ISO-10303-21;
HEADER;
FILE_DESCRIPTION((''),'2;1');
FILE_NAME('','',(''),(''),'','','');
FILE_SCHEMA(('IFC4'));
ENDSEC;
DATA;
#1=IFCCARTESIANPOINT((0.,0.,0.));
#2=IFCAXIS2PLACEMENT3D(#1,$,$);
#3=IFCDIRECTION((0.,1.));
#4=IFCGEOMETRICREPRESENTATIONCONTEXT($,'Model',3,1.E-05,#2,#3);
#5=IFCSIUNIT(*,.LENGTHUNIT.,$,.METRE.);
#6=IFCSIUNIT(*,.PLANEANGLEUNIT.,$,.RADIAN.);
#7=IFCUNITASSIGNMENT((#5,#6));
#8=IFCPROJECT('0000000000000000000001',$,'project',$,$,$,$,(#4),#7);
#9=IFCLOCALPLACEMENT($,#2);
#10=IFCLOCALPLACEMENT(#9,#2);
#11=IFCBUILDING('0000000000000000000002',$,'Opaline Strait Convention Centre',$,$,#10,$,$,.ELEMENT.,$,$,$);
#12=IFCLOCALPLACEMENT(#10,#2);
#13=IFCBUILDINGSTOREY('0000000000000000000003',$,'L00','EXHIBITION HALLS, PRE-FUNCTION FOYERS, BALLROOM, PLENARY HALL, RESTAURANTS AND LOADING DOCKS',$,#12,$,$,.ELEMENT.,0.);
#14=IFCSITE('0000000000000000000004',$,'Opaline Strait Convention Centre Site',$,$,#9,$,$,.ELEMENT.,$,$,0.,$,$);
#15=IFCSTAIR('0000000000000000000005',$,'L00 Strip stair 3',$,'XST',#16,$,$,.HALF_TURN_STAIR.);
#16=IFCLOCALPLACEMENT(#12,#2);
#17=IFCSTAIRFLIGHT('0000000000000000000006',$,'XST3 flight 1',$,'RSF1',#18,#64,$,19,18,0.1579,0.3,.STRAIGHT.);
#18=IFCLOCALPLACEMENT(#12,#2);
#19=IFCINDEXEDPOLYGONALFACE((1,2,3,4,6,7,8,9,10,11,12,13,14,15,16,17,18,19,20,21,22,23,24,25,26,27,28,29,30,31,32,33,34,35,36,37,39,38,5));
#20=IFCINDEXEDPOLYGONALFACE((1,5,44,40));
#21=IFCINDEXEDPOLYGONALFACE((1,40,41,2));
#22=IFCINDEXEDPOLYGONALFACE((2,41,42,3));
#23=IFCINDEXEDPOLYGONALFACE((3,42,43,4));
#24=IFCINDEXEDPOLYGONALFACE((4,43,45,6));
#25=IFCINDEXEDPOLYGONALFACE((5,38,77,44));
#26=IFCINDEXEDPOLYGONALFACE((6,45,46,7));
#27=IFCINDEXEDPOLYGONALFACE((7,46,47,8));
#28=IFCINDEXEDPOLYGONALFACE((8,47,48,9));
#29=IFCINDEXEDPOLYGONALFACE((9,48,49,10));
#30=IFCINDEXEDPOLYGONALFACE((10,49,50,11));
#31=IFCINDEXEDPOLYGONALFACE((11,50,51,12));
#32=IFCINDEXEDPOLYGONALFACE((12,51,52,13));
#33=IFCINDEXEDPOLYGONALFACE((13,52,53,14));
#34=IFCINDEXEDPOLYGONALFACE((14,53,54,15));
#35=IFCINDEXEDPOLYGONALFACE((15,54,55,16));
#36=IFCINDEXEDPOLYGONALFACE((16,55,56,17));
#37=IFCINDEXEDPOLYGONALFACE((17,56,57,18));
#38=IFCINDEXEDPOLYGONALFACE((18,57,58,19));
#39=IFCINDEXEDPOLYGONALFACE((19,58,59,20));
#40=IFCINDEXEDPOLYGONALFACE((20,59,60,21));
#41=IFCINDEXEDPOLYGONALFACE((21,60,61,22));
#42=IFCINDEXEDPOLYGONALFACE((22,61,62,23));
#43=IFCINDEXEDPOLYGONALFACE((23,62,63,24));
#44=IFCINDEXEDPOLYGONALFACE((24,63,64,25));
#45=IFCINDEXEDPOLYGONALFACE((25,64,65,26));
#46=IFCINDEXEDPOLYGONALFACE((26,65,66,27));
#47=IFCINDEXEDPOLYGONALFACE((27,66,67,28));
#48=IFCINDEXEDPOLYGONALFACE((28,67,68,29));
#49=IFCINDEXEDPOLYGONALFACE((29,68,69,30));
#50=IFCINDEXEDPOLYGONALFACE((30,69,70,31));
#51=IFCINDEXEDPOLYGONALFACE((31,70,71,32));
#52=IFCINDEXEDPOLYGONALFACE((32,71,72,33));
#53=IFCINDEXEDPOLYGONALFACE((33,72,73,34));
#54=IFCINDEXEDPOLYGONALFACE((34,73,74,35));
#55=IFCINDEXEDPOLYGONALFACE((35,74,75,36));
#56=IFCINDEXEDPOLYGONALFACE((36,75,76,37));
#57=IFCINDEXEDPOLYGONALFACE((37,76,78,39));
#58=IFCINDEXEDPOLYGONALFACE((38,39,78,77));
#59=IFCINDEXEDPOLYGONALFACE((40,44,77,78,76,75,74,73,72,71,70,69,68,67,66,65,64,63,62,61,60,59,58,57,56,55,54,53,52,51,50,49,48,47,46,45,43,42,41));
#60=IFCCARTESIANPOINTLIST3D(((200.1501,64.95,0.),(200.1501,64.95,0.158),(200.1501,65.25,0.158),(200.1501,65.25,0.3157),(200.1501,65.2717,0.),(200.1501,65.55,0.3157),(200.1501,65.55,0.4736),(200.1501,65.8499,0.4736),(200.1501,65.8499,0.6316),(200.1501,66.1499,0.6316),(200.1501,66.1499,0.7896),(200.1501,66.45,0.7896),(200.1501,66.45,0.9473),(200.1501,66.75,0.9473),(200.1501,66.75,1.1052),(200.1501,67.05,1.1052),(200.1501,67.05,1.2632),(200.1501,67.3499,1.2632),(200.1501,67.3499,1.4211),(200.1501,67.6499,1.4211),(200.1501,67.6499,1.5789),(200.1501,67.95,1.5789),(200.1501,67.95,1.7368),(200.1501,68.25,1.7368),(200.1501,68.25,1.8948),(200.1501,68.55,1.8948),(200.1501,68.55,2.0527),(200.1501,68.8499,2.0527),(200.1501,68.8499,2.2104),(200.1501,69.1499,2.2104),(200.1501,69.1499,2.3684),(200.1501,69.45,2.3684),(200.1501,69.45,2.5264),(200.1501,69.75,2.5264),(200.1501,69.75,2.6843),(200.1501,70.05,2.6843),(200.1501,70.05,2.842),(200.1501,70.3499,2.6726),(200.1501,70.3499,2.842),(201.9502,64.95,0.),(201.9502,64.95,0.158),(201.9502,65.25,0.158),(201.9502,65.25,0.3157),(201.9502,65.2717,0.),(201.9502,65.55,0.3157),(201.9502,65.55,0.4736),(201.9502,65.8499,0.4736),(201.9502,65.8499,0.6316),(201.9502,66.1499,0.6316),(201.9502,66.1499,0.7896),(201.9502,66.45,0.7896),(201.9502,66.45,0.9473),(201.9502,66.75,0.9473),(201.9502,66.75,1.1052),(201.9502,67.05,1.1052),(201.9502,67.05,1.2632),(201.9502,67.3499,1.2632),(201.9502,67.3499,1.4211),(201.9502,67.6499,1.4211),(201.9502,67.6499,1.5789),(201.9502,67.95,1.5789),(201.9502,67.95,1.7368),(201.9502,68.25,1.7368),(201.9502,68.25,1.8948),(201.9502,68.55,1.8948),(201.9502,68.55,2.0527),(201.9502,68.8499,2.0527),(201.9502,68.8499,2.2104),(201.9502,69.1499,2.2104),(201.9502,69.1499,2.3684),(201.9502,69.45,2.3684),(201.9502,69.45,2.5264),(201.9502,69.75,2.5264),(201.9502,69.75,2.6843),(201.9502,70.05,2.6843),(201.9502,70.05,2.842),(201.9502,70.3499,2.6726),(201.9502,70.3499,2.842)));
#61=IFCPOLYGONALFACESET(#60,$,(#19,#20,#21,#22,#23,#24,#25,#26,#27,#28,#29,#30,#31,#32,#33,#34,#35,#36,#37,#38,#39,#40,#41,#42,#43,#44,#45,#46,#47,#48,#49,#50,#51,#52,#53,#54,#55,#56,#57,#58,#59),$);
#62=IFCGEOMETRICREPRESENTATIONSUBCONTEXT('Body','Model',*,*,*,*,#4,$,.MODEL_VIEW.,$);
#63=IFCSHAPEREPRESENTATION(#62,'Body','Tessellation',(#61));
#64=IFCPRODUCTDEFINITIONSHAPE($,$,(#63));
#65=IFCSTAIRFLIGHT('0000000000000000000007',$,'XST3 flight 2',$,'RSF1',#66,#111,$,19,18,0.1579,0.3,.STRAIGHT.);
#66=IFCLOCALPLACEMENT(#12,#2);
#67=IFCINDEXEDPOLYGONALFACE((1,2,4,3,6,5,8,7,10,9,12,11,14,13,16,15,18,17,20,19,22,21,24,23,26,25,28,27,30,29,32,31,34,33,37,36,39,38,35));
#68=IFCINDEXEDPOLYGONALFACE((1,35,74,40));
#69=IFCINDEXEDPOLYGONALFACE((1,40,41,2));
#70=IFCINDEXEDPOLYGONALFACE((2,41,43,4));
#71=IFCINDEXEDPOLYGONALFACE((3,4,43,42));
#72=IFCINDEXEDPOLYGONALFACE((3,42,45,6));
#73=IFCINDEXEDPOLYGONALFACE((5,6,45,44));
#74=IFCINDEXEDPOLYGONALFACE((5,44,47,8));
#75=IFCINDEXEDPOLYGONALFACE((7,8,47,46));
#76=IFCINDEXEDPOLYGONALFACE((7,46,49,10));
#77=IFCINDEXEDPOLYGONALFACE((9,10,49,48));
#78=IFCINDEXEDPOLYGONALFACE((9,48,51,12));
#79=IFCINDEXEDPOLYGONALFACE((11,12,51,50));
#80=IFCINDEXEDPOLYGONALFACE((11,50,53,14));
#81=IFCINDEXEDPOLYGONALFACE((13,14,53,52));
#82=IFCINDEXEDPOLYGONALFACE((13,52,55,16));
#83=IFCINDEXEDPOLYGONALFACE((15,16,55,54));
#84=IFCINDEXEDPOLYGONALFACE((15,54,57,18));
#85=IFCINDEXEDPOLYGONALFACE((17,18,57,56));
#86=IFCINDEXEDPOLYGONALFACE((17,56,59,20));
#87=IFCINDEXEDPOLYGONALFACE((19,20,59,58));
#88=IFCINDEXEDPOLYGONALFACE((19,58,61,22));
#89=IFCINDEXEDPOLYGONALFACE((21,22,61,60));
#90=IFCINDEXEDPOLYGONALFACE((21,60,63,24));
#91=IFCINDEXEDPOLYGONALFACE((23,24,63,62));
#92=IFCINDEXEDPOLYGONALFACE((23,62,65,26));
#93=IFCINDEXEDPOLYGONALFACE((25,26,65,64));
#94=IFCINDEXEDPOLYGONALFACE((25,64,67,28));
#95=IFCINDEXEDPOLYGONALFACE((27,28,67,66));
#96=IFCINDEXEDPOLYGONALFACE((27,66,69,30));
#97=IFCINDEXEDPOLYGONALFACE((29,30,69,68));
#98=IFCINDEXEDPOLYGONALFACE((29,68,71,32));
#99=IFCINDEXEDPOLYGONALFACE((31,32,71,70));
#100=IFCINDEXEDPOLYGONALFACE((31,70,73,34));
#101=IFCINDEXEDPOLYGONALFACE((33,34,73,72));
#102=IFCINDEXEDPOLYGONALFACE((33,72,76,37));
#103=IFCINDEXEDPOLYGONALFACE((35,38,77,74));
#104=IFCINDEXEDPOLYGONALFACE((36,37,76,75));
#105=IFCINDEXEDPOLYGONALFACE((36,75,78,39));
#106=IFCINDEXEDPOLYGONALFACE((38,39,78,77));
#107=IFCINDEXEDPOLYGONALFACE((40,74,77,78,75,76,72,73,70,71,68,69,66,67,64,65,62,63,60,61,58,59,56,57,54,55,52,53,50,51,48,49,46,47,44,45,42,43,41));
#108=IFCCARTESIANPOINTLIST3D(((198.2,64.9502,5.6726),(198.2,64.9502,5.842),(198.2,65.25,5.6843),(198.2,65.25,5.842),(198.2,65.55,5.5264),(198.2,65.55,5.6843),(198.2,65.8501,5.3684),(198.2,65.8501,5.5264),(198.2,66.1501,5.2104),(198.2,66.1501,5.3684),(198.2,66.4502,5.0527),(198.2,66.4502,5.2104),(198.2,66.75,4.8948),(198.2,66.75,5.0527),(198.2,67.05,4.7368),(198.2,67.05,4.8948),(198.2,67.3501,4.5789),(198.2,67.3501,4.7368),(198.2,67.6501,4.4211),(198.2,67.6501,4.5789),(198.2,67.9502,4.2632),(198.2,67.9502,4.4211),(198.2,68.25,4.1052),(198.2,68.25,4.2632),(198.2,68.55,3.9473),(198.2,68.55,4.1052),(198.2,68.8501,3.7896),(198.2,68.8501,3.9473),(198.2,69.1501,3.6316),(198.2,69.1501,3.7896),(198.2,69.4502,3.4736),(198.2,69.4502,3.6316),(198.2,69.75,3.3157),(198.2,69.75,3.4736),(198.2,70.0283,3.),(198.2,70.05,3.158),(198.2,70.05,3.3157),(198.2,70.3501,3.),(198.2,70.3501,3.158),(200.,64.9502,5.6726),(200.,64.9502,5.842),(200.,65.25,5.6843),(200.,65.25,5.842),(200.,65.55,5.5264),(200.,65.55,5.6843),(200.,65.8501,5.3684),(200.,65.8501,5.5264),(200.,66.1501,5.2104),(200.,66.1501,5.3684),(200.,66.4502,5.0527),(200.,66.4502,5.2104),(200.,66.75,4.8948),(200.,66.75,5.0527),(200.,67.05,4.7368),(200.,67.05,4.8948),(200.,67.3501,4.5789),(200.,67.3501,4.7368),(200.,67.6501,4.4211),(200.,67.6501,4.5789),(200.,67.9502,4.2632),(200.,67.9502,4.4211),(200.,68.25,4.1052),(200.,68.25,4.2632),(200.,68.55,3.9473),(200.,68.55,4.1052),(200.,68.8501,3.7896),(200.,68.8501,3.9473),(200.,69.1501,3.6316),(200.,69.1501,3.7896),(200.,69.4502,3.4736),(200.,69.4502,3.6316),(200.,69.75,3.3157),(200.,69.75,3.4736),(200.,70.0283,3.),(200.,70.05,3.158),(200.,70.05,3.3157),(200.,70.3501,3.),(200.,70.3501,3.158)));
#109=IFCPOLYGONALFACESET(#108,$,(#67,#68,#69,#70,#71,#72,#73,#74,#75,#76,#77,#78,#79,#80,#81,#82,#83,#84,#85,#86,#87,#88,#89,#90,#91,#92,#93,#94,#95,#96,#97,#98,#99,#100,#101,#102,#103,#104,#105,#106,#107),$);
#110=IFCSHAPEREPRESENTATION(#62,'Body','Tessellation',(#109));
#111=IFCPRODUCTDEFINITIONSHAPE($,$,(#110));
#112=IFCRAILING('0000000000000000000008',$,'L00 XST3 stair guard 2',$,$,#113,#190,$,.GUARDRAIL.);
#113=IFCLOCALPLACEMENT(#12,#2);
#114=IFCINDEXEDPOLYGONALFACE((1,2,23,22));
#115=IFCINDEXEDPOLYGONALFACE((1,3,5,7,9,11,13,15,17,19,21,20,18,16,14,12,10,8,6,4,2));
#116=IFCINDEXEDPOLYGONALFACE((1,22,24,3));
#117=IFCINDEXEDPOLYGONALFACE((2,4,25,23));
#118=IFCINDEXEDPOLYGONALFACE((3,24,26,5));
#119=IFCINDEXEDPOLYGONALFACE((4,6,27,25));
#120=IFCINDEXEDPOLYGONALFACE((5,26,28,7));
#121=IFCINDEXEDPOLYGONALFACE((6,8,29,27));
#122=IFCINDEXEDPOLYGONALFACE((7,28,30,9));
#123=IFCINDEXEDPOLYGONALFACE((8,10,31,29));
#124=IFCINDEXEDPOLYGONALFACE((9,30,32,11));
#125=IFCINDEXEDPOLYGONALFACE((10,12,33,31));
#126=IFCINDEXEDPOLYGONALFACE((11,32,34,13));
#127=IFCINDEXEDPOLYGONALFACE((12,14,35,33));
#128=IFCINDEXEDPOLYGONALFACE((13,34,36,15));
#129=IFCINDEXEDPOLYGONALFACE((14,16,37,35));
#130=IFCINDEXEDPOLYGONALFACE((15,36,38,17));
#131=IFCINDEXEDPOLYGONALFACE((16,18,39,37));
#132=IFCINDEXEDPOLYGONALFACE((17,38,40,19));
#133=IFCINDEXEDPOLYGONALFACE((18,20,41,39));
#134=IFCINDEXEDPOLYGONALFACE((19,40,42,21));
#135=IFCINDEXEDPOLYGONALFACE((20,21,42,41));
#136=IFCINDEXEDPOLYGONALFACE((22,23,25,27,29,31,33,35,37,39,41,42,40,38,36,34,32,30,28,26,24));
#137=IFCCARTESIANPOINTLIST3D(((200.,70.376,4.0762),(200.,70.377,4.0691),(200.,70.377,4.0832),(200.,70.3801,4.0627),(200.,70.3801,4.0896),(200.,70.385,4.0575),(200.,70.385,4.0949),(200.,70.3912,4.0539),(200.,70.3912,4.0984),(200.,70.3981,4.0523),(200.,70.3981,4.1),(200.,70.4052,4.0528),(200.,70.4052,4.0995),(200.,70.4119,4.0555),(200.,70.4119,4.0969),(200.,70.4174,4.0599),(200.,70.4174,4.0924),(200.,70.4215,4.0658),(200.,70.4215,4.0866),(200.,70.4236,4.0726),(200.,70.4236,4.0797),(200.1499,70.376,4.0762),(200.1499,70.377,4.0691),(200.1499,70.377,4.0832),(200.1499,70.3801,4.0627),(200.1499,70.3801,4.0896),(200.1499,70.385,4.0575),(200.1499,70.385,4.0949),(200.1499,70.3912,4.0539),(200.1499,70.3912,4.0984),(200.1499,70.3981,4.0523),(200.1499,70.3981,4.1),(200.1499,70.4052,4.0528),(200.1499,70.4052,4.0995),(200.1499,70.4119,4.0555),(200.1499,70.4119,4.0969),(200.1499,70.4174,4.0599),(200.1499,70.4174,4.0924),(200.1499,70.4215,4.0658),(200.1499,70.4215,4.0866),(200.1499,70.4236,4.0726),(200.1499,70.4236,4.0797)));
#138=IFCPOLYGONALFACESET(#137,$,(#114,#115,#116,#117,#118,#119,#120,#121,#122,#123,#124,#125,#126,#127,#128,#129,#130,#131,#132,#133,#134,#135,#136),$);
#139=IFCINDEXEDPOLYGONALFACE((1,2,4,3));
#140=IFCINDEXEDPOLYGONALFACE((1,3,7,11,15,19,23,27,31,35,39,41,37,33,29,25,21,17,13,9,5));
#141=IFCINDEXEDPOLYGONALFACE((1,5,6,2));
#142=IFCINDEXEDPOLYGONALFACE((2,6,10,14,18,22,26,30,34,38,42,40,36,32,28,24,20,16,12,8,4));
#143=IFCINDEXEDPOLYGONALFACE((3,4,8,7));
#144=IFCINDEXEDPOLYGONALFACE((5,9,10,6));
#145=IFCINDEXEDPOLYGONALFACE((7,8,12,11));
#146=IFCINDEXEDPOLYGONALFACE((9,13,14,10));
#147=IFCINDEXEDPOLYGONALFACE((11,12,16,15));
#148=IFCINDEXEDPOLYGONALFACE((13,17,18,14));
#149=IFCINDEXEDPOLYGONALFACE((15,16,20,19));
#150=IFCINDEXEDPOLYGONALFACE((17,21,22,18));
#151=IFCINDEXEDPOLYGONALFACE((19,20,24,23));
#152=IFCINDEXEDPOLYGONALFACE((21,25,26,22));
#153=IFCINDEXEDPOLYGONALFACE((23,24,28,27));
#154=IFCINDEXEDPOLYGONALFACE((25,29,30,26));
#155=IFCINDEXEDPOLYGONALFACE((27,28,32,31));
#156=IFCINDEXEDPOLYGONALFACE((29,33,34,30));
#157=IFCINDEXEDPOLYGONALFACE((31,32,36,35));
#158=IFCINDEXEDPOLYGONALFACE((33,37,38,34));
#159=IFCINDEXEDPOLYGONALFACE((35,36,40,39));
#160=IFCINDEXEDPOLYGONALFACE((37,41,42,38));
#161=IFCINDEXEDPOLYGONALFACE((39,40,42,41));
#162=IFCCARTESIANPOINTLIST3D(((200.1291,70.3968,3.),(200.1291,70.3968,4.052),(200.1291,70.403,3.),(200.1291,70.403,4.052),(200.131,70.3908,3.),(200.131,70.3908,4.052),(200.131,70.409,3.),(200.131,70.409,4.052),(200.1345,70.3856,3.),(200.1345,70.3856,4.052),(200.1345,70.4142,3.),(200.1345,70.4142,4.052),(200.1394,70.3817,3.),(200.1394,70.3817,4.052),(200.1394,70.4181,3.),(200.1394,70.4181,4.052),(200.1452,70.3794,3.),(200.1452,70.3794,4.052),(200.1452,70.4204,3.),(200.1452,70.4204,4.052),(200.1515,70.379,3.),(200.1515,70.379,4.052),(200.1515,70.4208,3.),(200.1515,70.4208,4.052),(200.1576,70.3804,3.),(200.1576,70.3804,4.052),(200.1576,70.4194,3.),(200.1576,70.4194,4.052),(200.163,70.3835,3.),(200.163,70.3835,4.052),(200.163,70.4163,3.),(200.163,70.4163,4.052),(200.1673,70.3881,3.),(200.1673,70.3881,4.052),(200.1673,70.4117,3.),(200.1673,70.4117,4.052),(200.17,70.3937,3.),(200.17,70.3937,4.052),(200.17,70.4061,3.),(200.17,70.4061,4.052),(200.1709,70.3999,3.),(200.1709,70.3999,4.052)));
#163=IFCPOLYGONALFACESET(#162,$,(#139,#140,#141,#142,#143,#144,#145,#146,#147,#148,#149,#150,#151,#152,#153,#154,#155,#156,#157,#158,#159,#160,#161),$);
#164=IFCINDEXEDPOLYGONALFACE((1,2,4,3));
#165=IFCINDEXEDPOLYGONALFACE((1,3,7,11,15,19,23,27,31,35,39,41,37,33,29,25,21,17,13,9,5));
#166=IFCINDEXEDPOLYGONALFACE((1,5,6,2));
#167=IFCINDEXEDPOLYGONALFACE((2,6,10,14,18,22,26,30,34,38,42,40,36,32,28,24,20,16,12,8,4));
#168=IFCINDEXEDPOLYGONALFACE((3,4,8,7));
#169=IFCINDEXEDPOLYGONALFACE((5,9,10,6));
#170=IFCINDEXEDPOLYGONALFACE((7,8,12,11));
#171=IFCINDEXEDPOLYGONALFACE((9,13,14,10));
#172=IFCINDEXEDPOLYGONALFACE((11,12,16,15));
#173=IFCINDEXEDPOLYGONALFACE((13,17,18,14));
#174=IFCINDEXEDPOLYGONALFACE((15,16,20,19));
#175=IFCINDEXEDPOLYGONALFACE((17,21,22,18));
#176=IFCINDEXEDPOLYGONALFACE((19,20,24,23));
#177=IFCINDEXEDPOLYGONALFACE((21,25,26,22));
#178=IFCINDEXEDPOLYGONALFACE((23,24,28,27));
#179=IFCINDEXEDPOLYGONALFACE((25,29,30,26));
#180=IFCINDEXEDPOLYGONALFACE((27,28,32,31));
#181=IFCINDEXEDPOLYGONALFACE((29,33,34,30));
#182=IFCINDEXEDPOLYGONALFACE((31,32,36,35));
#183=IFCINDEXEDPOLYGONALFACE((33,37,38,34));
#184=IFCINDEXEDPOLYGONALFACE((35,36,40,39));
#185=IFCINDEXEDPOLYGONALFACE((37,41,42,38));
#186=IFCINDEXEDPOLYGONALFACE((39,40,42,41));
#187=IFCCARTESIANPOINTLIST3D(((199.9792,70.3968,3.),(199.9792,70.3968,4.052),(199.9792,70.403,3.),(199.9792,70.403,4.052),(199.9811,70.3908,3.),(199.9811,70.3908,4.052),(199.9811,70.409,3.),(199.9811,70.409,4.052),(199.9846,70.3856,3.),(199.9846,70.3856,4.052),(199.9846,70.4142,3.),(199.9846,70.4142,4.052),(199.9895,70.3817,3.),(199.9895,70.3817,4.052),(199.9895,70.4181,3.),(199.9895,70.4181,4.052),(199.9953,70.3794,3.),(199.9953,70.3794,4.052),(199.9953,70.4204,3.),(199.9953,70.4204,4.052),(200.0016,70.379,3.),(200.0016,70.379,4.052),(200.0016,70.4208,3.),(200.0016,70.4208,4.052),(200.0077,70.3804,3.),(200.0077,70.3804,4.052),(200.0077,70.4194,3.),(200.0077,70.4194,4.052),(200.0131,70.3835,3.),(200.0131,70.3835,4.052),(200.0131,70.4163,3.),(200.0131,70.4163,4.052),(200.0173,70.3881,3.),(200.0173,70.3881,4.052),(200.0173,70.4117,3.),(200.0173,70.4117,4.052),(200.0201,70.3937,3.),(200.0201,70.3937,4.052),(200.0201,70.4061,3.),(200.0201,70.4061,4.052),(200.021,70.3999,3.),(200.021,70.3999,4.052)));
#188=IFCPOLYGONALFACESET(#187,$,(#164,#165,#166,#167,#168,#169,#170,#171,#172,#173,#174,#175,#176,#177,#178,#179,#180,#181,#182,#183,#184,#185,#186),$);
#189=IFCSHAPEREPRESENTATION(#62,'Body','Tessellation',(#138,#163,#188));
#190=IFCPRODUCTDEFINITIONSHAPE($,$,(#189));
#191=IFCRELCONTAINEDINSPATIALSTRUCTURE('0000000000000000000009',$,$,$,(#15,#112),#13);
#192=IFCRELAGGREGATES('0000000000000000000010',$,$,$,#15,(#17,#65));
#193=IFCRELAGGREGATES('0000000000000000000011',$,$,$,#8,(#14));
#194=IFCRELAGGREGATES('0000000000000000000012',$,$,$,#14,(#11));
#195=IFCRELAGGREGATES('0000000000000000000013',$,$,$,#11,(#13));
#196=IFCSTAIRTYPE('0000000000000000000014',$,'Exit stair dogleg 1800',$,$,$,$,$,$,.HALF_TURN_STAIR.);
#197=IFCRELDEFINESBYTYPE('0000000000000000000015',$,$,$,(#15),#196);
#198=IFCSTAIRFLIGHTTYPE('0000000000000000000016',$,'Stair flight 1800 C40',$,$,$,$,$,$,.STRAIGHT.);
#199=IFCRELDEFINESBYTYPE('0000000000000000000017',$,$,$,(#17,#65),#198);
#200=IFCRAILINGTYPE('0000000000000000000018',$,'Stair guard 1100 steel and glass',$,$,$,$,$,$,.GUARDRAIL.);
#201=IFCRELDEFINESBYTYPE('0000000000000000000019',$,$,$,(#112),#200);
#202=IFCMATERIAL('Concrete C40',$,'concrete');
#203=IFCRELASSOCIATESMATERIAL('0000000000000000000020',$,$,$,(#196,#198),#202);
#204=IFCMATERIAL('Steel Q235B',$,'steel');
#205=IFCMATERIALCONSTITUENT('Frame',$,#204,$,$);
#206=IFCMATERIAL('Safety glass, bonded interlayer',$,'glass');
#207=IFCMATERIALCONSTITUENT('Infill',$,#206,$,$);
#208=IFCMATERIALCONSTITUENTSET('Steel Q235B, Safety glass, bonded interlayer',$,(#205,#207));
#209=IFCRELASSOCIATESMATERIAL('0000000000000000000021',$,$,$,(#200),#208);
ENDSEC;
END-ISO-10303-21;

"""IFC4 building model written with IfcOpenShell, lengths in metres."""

from ifc_helpers import new_model, si_unit, direction, frame, origin, origin_2d, place, context, subcontext, project, spatial, polyline, circle, outline, extrude, material, constituent, constituent_set, type_object, element, aggregate, save


model = new_model("IFC4")

# Units and contexts
model_context = context("Model", 3, precision=1e-05, world=origin(), true_north=direction((0.0, 1.0)))
body_context = subcontext(model_context, "Body", "Model", "MODEL_VIEW")
ifc_project = project(units=[si_unit("LENGTHUNIT", "METRE"), si_unit("PLANEANGLEUNIT", "RADIAN")], contexts=[model_context])

# Site, building, storey
site_placement = place(None, origin())
site = spatial("IfcSite", under=ifc_project, at=site_placement, Name="Opaline Strait Convention Centre Site", CompositionType="ELEMENT", RefElevation=0.0)
building_placement = place(site_placement, origin())
building = spatial("IfcBuilding", under=site, at=building_placement, Name="Opaline Strait Convention Centre", CompositionType="ELEMENT")
storey_placement = place(building_placement, origin())
storey = spatial("IfcBuildingStorey", under=building, at=storey_placement, Name="L00", Description="EXHIBITION HALLS, PRE-FUNCTION FOYERS, BALLROOM, PLENARY HALL, RESTAURANTS AND LOADING DOCKS", CompositionType="ELEMENT", Elevation=0.0)

# Shared definitions
ifc_material_1 = material(Name="Concrete C40", Category="concrete")

# Stair, stair flights
stair_type = type_object("IfcStairType", Name="Exit stair dogleg 1800", PredefinedType="HALF_TURN_STAIR", material=ifc_material_1)
stair_placement = place(storey_placement, origin())
stair = element("IfcStair", 1, at=stair_placement, inside=storey, type_object=stair_type, Name="L00 Strip stair 3", ObjectType="XST", PredefinedType="HALF_TURN_STAIR")
stair_flight_type = type_object("IfcStairFlightType", Name="Stair flight 1800 C40", PredefinedType="STRAIGHT", material=ifc_material_1)
stair_flight_1_placement = place(storey_placement, frame((201.05, 64.95, 0.0), z_axis=(0.0, 0.0, 1.0), x_axis=(0.0, 1.0, 0.0)))
stair_flight_1 = element("IfcStairFlight", 2, at=stair_flight_1_placement, type_object=stair_flight_type, Name="XST3 flight 1", ObjectType="RSF1", NumberOfRisers=19, NumberOfTreads=18, PredefinedType="STRAIGHT", RiserHeight=0.1579, TreadLength=0.3, context=body_context, shape_type="SweptSolid", body=[
    extrude(outline(polyline([(0.0, 0.0), (0.0, 0.158), (0.3, 0.158), (0.3, 0.3157), (0.6001, 0.3157), (0.6001, 0.4736), (0.8999, 0.4736), (0.8999, 0.6316), (1.2, 0.6316), (1.2, 0.7896), (1.5, 0.7896), (1.5, 0.9473), (1.8, 0.9473), (1.8, 1.1052), (2.1001, 1.1052), (2.1001, 1.2632), (2.3999, 1.2632), (2.3999, 1.4211), (2.7, 1.4211), (2.7, 1.5789), (3.0, 1.5789), (3.0, 1.7368), (3.3, 1.7368), (3.3, 1.8948), (3.6001, 1.8948), (3.6001, 2.0527), (3.8999, 2.0527), (3.8999, 2.2104), (4.2, 2.2104), (4.2, 2.3684), (4.5, 2.3684), (4.5, 2.5264), (4.8, 2.5264), (4.8, 2.6843), (5.1001, 2.6843), (5.1001, 2.842), (5.3999, 2.842), (5.3999, 3.0), (5.3999, 2.6726), (0.3218, 0.0), (0.0, 0.0)])), frame((0.0, 0.8999, 0.0), z_axis=(0.0, -1.0, 0.0), x_axis=(1.0, 0.0, 0.0)), (0.0, 0.0, 1.0), 1.8),
])
stair_flight_2_placement = place(storey_placement, frame((199.1001, 70.3501, 3.0), z_axis=(0.0, 0.0, 1.0), x_axis=(0.0, -1.0, 0.0)))
stair_flight_2 = element("IfcStairFlight", 3, at=stair_flight_2_placement, type_object=stair_flight_type, Name="XST3 flight 2", ObjectType="RSF1", NumberOfRisers=19, NumberOfTreads=18, PredefinedType="STRAIGHT", RiserHeight=0.1579, TreadLength=0.3, context=body_context, shape_type="SweptSolid", body=[
    extrude(outline(polyline([(0.0, 0.0), (0.0, 0.158), (0.3, 0.158), (0.3, 0.3157), (0.6001, 0.3157), (0.6001, 0.4736), (0.8999, 0.4736), (0.8999, 0.6316), (1.2, 0.6316), (1.2, 0.7896), (1.5, 0.7896), (1.5, 0.9473), (1.8, 0.9473), (1.8, 1.1052), (2.1001, 1.1052), (2.1001, 1.2632), (2.3999, 1.2632), (2.3999, 1.4211), (2.7, 1.4211), (2.7, 1.5789), (3.0, 1.5789), (3.0, 1.7368), (3.3, 1.7368), (3.3, 1.8948), (3.6001, 1.8948), (3.6001, 2.0527), (3.8999, 2.0527), (3.8999, 2.2104), (4.2, 2.2104), (4.2, 2.3684), (4.5, 2.3684), (4.5, 2.5264), (4.8, 2.5264), (4.8, 2.6843), (5.1001, 2.6843), (5.1001, 2.842), (5.3999, 2.842), (5.3999, 3.0), (5.3999, 2.6726), (0.3218, 0.0), (0.0, 0.0)])), frame((0.0, 0.8999, 0.0), z_axis=(0.0, -1.0, 0.0), x_axis=(1.0, 0.0, 0.0)), (0.0, 0.0, 1.0), 1.8),
])
aggregate(stair, [stair_flight_1, stair_flight_2])

# Railing
ifc_material_2 = material(Name="Steel Q235B", Category="steel")
ifc_constituent_1 = constituent(ifc_material_2, Name="Frame")
ifc_material_3 = material(Name="Safety glass, bonded interlayer", Category="glass")
ifc_constituent_2 = constituent(ifc_material_3, Name="Infill")
ifc_constituent_set = constituent_set(constituents=[ifc_constituent_1, ifc_constituent_2], Name="Steel Q235B, Safety glass, bonded interlayer")
railing_type_1 = type_object("IfcRailingType", Name="Stair guard 1100 steel and glass", PredefinedType="GUARDRAIL", material=ifc_constituent_set)
railing_1_placement = place(storey_placement, frame((200.1499, 70.3999, 3.0)))
element("IfcRailing", 4, at=railing_1_placement, inside=storey, type_object=railing_type_1, Name="L00 XST3 stair guard 2", PredefinedType="GUARDRAIL", context=body_context, shape_type="SweptSolid", body=[
    extrude(circle(Radius=0.0239, at=origin_2d()), frame((0.0, 0.0, 1.0762), z_axis=(-1.0, 0.0, 0.0), x_axis=(0.0, -1.0, 0.0)), (0.0, 0.0, 1.0), 0.1499),
    extrude(circle(Radius=0.021, at=origin_2d()), origin(), (0.0, 0.0, 1.0), 1.052),
    extrude(circle(Radius=0.021, at=origin_2d()), frame((-0.1499, 0.0, 0.0)), (0.0, 0.0, 1.0), 1.052),
])

save(model, "model.ifc")
